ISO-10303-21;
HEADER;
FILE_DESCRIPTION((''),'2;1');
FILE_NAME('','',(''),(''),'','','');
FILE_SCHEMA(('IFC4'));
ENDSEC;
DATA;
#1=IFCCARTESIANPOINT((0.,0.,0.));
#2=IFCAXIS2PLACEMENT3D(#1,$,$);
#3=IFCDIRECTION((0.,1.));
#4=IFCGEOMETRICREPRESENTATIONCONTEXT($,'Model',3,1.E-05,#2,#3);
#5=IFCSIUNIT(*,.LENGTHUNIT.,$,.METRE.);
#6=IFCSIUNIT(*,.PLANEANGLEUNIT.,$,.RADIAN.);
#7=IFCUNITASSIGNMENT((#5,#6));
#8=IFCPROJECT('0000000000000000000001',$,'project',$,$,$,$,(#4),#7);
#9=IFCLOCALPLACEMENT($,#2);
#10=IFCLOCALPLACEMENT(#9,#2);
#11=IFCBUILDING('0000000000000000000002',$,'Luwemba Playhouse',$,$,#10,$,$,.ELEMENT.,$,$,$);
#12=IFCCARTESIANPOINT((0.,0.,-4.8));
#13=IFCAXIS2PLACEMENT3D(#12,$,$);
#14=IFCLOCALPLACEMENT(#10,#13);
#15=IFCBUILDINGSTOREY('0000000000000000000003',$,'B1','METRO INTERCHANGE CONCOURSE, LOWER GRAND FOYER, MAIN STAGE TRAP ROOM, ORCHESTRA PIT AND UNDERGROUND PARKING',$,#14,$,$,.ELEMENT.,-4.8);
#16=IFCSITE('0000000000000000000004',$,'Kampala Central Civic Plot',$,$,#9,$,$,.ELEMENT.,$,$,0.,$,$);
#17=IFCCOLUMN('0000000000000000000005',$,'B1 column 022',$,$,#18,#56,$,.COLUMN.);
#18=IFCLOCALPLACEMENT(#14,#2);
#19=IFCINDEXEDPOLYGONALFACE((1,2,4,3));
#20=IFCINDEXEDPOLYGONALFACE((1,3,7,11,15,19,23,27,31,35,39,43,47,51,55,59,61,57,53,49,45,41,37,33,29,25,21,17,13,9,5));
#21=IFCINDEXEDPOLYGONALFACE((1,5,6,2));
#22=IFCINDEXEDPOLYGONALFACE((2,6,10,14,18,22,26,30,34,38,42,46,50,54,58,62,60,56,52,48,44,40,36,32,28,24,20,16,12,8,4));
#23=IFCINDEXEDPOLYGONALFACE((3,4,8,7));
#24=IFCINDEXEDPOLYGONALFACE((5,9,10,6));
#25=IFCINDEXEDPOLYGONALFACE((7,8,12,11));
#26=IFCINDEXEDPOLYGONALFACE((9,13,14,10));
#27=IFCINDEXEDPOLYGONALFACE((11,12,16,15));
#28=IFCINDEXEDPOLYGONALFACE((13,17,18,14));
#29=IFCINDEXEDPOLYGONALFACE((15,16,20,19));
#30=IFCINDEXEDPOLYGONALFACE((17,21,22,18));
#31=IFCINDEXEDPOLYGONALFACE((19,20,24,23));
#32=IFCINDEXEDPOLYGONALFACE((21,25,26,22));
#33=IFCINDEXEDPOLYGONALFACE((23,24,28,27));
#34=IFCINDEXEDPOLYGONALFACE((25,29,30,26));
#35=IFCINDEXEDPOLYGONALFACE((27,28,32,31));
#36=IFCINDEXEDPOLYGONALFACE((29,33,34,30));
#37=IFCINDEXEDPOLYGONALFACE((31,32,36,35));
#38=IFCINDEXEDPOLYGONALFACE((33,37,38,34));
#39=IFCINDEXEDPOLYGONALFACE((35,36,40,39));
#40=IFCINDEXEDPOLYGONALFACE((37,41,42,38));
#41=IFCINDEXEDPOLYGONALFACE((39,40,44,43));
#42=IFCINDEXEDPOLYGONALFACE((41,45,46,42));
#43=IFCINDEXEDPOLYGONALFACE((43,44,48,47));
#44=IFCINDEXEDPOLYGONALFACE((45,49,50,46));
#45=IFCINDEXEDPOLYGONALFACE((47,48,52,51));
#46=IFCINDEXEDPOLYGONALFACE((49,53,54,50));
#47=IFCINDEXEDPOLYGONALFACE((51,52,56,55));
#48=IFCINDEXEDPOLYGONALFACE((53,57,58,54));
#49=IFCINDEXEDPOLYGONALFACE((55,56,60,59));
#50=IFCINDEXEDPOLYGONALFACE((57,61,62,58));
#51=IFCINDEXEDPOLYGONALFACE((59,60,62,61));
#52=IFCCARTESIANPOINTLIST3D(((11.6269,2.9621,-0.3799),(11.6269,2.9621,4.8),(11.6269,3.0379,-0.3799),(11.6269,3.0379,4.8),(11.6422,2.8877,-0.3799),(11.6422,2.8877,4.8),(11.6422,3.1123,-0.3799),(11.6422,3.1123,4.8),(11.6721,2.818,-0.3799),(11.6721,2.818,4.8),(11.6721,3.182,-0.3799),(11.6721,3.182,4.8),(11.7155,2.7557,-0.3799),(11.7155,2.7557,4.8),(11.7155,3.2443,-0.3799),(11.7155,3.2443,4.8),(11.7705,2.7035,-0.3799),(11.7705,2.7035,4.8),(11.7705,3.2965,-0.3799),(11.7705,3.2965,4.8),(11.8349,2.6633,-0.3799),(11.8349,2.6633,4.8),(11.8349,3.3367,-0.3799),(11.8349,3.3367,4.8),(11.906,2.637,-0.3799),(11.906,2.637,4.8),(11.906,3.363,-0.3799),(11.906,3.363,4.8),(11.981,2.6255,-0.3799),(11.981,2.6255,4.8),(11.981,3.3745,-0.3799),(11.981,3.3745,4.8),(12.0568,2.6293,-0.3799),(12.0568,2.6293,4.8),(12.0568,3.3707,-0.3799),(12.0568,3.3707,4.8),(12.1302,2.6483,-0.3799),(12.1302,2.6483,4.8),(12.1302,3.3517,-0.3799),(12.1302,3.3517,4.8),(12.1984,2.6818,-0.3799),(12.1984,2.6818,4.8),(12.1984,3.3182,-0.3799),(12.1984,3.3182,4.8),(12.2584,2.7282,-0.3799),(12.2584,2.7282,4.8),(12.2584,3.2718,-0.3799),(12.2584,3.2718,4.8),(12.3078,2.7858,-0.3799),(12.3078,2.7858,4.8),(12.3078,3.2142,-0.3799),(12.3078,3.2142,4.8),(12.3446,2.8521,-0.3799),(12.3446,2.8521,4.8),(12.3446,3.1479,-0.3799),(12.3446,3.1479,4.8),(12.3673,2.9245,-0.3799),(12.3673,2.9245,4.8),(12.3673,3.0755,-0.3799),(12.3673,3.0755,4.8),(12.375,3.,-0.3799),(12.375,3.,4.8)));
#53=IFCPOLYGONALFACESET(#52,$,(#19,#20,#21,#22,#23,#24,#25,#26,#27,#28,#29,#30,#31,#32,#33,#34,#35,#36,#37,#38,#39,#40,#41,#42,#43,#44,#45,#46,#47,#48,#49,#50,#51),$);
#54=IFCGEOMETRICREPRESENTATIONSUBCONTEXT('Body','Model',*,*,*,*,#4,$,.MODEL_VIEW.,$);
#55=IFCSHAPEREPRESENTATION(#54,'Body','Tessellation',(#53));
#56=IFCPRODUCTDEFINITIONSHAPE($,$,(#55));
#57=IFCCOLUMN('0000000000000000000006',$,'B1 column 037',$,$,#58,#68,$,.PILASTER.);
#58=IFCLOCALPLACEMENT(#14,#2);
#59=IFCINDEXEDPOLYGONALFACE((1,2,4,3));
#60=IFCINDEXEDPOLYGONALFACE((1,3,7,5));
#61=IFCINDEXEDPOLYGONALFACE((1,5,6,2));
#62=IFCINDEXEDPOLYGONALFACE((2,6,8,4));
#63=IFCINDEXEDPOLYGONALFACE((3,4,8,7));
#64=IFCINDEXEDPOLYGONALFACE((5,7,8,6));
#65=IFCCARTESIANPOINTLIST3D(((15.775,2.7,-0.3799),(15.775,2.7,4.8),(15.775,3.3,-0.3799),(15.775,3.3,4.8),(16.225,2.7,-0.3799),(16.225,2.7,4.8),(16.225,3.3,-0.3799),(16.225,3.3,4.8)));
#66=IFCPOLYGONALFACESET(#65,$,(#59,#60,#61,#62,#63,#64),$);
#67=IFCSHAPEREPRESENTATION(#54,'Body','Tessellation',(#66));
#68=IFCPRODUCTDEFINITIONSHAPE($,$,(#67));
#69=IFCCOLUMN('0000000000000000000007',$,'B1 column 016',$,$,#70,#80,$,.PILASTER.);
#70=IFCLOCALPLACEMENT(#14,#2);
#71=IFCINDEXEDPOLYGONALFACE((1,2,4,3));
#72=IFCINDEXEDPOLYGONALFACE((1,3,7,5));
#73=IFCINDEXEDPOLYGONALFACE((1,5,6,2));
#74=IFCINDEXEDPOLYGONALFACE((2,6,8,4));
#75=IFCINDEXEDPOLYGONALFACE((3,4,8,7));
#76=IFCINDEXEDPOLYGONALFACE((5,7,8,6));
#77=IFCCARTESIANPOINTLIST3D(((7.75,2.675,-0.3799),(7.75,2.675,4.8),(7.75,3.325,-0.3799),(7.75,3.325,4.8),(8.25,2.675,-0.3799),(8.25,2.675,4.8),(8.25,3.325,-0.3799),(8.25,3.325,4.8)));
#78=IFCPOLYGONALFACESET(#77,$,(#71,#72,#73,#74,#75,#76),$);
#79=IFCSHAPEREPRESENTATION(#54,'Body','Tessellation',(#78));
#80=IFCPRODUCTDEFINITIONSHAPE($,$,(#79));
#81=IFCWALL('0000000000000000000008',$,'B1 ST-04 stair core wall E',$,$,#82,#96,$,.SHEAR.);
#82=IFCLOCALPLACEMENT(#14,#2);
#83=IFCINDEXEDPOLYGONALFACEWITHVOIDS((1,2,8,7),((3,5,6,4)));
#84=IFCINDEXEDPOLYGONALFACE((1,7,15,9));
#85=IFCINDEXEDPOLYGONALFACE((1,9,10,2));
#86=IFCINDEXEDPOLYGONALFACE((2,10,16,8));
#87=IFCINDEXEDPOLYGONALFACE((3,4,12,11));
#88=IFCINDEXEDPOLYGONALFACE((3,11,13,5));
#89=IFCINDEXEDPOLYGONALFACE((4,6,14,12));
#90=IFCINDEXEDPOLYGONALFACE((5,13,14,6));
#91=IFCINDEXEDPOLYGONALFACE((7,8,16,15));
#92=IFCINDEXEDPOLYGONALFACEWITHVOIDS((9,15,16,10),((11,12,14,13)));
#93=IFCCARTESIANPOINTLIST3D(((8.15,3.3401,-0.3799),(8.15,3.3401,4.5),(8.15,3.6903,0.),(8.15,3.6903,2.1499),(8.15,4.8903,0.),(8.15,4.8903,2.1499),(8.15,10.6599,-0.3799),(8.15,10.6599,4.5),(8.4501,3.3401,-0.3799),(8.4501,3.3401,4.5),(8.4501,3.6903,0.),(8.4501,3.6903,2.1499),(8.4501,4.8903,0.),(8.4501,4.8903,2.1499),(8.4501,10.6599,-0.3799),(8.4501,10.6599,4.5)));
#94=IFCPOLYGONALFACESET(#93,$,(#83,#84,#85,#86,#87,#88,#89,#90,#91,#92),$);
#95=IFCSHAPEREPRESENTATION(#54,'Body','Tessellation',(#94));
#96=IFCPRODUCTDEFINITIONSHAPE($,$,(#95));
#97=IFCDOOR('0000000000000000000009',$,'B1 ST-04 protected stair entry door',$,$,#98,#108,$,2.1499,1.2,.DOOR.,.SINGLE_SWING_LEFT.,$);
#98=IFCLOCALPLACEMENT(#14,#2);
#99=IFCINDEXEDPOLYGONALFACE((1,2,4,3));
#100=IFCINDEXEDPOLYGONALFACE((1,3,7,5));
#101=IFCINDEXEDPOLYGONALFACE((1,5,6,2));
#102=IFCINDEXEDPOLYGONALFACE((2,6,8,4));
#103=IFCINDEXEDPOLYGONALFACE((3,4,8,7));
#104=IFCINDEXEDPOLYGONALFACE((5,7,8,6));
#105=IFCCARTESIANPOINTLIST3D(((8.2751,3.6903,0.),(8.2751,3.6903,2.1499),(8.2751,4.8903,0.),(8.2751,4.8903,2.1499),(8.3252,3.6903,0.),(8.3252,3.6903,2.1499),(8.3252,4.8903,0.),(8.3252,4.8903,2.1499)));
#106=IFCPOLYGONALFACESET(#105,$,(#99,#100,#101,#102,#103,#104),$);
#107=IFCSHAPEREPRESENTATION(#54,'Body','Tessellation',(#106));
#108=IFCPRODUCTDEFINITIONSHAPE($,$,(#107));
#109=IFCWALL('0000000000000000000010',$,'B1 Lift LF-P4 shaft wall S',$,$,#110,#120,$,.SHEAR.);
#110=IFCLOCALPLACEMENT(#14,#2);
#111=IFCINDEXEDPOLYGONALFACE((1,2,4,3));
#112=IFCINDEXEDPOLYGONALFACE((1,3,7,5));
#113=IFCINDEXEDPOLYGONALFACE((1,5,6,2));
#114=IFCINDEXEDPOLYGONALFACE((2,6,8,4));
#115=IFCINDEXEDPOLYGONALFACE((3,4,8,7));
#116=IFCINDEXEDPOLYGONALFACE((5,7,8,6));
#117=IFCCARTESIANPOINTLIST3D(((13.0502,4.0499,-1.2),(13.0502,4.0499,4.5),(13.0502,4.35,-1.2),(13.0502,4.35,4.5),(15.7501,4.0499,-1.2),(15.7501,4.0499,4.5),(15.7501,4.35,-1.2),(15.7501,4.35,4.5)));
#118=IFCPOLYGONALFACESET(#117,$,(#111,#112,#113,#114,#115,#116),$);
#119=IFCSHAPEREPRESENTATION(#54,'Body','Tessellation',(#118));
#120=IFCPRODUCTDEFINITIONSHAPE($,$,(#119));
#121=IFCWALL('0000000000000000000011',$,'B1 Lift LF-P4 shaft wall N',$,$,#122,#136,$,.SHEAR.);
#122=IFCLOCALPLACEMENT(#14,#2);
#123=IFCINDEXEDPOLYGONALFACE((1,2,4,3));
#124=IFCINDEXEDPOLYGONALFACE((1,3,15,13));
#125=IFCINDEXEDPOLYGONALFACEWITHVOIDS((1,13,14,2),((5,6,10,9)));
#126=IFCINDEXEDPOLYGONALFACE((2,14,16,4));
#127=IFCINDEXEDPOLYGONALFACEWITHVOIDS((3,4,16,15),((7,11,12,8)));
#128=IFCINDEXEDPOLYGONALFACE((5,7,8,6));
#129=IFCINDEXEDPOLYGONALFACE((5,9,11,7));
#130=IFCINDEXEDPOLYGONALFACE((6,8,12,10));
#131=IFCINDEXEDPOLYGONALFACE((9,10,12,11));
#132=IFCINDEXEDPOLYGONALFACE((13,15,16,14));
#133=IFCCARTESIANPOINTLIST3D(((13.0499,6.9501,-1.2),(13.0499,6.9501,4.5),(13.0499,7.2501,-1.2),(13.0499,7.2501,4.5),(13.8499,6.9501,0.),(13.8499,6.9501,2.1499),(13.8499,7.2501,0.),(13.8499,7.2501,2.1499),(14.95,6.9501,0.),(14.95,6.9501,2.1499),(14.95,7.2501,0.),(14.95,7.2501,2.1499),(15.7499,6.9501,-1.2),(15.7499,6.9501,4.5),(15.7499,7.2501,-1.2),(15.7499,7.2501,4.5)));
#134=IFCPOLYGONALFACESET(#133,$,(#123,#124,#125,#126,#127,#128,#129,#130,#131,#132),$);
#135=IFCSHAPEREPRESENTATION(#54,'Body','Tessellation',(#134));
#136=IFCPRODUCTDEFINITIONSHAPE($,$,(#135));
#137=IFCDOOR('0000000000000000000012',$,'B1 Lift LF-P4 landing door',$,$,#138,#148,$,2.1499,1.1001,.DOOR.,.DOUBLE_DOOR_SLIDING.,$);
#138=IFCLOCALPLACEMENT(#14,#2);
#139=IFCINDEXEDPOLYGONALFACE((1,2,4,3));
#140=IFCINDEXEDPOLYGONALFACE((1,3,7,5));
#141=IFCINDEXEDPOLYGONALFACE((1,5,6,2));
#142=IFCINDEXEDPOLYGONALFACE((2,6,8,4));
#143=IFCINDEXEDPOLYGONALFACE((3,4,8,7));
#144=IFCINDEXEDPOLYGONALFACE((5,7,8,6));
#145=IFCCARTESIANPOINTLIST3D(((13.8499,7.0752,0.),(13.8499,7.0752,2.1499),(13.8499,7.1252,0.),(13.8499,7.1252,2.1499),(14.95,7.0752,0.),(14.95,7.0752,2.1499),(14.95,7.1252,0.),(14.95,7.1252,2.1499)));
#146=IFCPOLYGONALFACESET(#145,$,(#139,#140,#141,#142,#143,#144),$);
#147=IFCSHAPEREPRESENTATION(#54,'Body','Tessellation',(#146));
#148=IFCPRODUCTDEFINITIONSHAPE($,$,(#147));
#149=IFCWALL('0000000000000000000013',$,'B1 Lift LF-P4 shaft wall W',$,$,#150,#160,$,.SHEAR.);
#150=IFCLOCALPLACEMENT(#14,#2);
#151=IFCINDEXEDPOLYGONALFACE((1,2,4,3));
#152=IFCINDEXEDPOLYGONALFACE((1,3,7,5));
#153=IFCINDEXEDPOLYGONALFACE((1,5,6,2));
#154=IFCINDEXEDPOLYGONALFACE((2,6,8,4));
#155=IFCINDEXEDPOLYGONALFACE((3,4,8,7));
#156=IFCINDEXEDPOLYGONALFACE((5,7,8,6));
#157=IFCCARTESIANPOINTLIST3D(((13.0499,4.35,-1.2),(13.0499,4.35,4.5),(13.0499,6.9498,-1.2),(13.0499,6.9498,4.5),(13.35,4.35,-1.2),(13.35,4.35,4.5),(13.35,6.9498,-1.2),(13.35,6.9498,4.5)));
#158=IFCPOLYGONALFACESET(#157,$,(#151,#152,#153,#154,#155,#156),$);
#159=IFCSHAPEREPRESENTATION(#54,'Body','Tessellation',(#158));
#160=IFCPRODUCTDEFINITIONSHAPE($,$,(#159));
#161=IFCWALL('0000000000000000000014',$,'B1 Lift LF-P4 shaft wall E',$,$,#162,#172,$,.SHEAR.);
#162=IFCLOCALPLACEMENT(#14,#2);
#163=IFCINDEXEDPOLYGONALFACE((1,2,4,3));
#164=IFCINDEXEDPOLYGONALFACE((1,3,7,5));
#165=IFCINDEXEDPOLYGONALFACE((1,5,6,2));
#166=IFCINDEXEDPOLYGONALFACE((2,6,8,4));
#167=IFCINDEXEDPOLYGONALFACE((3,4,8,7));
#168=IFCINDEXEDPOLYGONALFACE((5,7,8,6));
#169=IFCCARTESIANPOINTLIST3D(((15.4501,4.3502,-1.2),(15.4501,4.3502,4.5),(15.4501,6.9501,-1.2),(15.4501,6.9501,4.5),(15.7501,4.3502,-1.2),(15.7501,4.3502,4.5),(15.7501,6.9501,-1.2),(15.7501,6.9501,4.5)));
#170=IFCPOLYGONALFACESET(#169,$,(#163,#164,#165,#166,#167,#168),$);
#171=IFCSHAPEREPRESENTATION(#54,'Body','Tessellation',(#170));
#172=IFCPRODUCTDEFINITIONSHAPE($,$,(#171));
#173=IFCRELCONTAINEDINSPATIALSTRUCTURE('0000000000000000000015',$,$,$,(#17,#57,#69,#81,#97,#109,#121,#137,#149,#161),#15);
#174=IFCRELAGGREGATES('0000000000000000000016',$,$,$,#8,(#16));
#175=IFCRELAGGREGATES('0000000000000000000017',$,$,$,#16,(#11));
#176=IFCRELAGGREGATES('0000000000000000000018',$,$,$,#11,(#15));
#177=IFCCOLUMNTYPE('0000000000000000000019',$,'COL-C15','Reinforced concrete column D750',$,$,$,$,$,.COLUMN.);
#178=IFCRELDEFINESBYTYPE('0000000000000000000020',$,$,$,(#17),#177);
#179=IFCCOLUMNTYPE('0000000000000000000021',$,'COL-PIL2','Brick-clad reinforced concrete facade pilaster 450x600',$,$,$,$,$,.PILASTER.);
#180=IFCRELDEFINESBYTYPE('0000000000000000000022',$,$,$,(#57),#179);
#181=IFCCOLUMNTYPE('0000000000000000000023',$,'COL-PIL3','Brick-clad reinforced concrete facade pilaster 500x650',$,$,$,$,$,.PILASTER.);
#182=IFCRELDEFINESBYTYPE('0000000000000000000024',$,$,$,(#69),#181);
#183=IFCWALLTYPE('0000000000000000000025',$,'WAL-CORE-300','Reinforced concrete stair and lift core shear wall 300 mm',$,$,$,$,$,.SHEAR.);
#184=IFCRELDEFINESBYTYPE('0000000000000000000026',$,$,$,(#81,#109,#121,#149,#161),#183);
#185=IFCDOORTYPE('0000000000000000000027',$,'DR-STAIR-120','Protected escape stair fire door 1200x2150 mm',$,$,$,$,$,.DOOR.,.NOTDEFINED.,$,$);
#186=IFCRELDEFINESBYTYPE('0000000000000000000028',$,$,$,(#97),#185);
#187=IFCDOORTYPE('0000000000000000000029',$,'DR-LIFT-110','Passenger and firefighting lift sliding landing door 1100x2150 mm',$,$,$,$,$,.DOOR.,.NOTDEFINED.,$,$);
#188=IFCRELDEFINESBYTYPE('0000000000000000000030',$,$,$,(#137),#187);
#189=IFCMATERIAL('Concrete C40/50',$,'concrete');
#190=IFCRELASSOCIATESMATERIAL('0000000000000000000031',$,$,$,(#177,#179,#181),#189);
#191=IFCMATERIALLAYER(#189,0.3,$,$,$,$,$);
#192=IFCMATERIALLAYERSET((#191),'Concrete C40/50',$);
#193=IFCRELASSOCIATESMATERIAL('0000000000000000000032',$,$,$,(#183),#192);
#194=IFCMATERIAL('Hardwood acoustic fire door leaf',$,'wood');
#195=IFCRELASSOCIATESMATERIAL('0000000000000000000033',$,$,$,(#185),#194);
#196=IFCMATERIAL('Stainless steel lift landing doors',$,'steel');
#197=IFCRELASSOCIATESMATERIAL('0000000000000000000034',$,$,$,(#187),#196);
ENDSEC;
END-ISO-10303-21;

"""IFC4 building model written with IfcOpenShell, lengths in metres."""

from ifc_helpers import new_model, si_unit, direction, frame, frame_2d, origin, origin_2d, place, context, subcontext, project, spatial, rectangle, circle, extrude, material, layer, layer_set, material_profile, profile_set, type_object, element, fill, save


model = new_model("IFC4")

# Units and contexts
model_context = context("Model", 3, precision=1e-05, world=origin(), true_north=direction((0.0, 1.0)))
body_context = subcontext(model_context, "Body", "Model", "MODEL_VIEW")
ifc_project = project(units=[si_unit("LENGTHUNIT", "METRE"), si_unit("PLANEANGLEUNIT", "RADIAN")], contexts=[model_context])

# Site, building, storey
site_placement = place(None, origin())
site = spatial("IfcSite", under=ifc_project, at=site_placement, Name="Kampala Central Civic Plot", CompositionType="ELEMENT", RefElevation=0.0)
building_placement = place(site_placement, origin())
building = spatial("IfcBuilding", under=site, at=building_placement, Name="Luwemba Playhouse", CompositionType="ELEMENT")
storey_placement = place(building_placement, frame((0.0, 0.0, -4.8)))
storey = spatial("IfcBuildingStorey", under=building, at=storey_placement, Name="B1", Description="METRO INTERCHANGE CONCOURSE, LOWER GRAND FOYER, MAIN STAGE TRAP ROOM, ORCHESTRA PIT AND UNDERGROUND PARKING", CompositionType="ELEMENT", Elevation=-4.8)

# Columns
ifc_material_1 = material(Name="Concrete C40/50", Category="concrete")
ifc_material_profile_1 = material_profile(ifc_material_1, circle(Radius=0.375, at=origin_2d()))
ifc_profile_set_1 = profile_set([ifc_material_profile_1], Name="Concrete C40/50")
column_type_1 = type_object("IfcColumnType", Name="COL-C15", Description="Reinforced concrete column D750", PredefinedType="COLUMN", material=ifc_profile_set_1)
column_1_placement = place(storey_placement, frame((12.0, 3.0, -0.3799), z_axis=(0.0, 0.0, 1.0), x_axis=(1.0, 0.0, 0.0)))
element("IfcColumn", 1, at=column_1_placement, inside=storey, type_object=column_type_1, Name="B1 column 022", PredefinedType="COLUMN", context=body_context, shape_type="SweptSolid", body=[
    extrude(circle(Radius=0.375, at=origin_2d()), origin(), (0.0, 0.0, 1.0), 5.1799),
])
ifc_material_profile_2 = material_profile(ifc_material_1, rectangle(XDim=0.45, YDim=0.6001, at=origin_2d()))
ifc_profile_set_2 = profile_set([ifc_material_profile_2], Name="Concrete C40/50")
column_type_2 = type_object("IfcColumnType", Name="COL-PIL2", Description="Brick-clad reinforced concrete facade pilaster 450x600", PredefinedType="PILASTER", material=ifc_profile_set_2)
column_2_placement = place(storey_placement, frame((16.0, 3.0, -0.3799), z_axis=(0.0, 0.0, 1.0), x_axis=(1.0, 0.0, 0.0)))
element("IfcColumn", 2, at=column_2_placement, inside=storey, type_object=column_type_2, Name="B1 column 037", PredefinedType="PILASTER", context=body_context, shape_type="SweptSolid", body=[
    extrude(rectangle(XDim=0.45, YDim=0.6001, at=origin_2d()), origin(), (0.0, 0.0, 1.0), 5.1799),
])
ifc_material_profile_3 = material_profile(ifc_material_1, rectangle(XDim=0.5, YDim=0.6499, at=origin_2d()))
ifc_profile_set_3 = profile_set([ifc_material_profile_3], Name="Concrete C40/50")
column_type_3 = type_object("IfcColumnType", Name="COL-PIL3", Description="Brick-clad reinforced concrete facade pilaster 500x650", PredefinedType="PILASTER", material=ifc_profile_set_3)
column_3_placement = place(storey_placement, frame((8.0, 3.0, -0.3799), z_axis=(0.0, 0.0, 1.0), x_axis=(1.0, 0.0, 0.0)))
element("IfcColumn", 3, at=column_3_placement, inside=storey, type_object=column_type_3, Name="B1 column 016", PredefinedType="PILASTER", context=body_context, shape_type="SweptSolid", body=[
    extrude(rectangle(XDim=0.5, YDim=0.6499, at=origin_2d()), origin(), (0.0, 0.0, 1.0), 5.1799),
])

# Wall, opening, door
ifc_layer_1 = layer(ifc_material_1, 0.3)
ifc_layer_set_1 = layer_set([ifc_layer_1], Name="Concrete C40/50")
wall_type_1 = type_object("IfcWallType", Name="WAL-CORE-300", Description="Reinforced concrete stair and lift core shear wall 300 mm", PredefinedType="SHEAR", material=ifc_layer_set_1)
wall_1_placement = place(storey_placement, frame((8.3, 3.3401, -0.3799), z_axis=(0.0, 0.0, 1.0), x_axis=(0.0, 1.0, 0.0)))
wall_1 = element("IfcWall", 4, at=wall_1_placement, inside=storey, type_object=wall_type_1, Name="B1 ST-04 stair core wall E", PredefinedType="SHEAR", context=body_context, shape_type="SweptSolid", body=[
    extrude(rectangle(XDim=7.3198, YDim=0.3, at=frame_2d((3.6599, 0.0))), origin(), (0.0, 0.0, 1.0), 4.8799),
])
opening_1_placement = place(wall_1_placement, frame((0.3501, 0.0, 0.3799)))
opening_1 = element("IfcOpeningElement", 5, at=opening_1_placement, cuts=wall_1, PredefinedType="OPENING", context=body_context, shape_type="SweptSolid", body=[
    extrude(rectangle(XDim=1.2, YDim=2.1499, at=frame_2d((0.6001, 1.075))), frame((0.0, 0.1599, 0.0), z_axis=(0.0, -1.0, 0.0), x_axis=(1.0, 0.0, 0.0)), (0.0, 0.0, 1.0), 0.3201),
])
ifc_material_2 = material(Name="Hardwood acoustic fire door leaf", Category="wood")
door_type_1 = type_object("IfcDoorType", Name="DR-STAIR-120", Description="Protected escape stair fire door 1200x2150 mm", OperationType="NOTDEFINED", PredefinedType="DOOR", material=ifc_material_2)
door_1_placement = place(opening_1_placement, origin())
door_1 = element("IfcDoor", 6, at=door_1_placement, inside=storey, type_object=door_type_1, Name="B1 ST-04 protected stair entry door", OperationType="SINGLE_SWING_LEFT", OverallHeight=2.1499, OverallWidth=1.2, PredefinedType="DOOR", context=body_context, shape_type="SweptSolid", body=[
    extrude(rectangle(XDim=1.2, YDim=2.1499, at=frame_2d((0.6001, 1.075))), frame((0.0, 0.0249, 0.0), z_axis=(0.0, -1.0, 0.0), x_axis=(1.0, 0.0, 0.0)), (0.0, 0.0, 1.0), 0.05),
])
fill(opening_1, door_1)

# Wall
wall_2_placement = place(storey_placement, frame((13.05, 4.2, -1.2), z_axis=(0.0, 0.0, 1.0), x_axis=(1.0, 0.0, 0.0)))
element("IfcWall", 7, at=wall_2_placement, inside=storey, type_object=wall_type_1, Name="B1 Lift LF-P4 shaft wall S", PredefinedType="SHEAR", context=body_context, shape_type="SweptSolid", body=[
    extrude(rectangle(XDim=2.7, YDim=0.3, at=frame_2d((1.3501, 0.0))), origin(), (0.0, 0.0, 1.0), 5.7),
])

# Wall, opening, door
wall_3_placement = place(storey_placement, frame((15.75, 7.1001, -1.2), z_axis=(0.0, 0.0, 1.0), x_axis=(-1.0, 0.0, 0.0)))
wall_3 = element("IfcWall", 8, at=wall_3_placement, inside=storey, type_object=wall_type_1, Name="B1 Lift LF-P4 shaft wall N", PredefinedType="SHEAR", context=body_context, shape_type="SweptSolid", body=[
    extrude(rectangle(XDim=2.7, YDim=0.3, at=frame_2d((1.3501, 0.0))), origin(), (0.0, 0.0, 1.0), 5.7),
])
opening_2_placement = place(wall_3_placement, frame((0.8, 0.0, 1.2)))
opening_2 = element("IfcOpeningElement", 9, at=opening_2_placement, cuts=wall_3, PredefinedType="OPENING", context=body_context, shape_type="SweptSolid", body=[
    extrude(rectangle(XDim=1.1001, YDim=2.1499, at=frame_2d((0.55, 1.075))), frame((0.0, 0.1599, 0.0), z_axis=(0.0, -1.0, 0.0), x_axis=(1.0, 0.0, 0.0)), (0.0, 0.0, 1.0), 0.3201),
])
ifc_material_3 = material(Name="Stainless steel lift landing doors", Category="steel")
door_type_2 = type_object("IfcDoorType", Name="DR-LIFT-110", Description="Passenger and firefighting lift sliding landing door 1100x2150 mm", OperationType="NOTDEFINED", PredefinedType="DOOR", material=ifc_material_3)
door_2_placement = place(opening_2_placement, origin())
door_2 = element("IfcDoor", 10, at=door_2_placement, inside=storey, type_object=door_type_2, Name="B1 Lift LF-P4 landing door", OperationType="DOUBLE_DOOR_SLIDING", OverallHeight=2.1499, OverallWidth=1.1001, PredefinedType="DOOR", context=body_context, shape_type="SweptSolid", body=[
    extrude(rectangle(XDim=1.1001, YDim=2.1499, at=frame_2d((0.55, 1.075))), frame((0.0, 0.0249, 0.0), z_axis=(0.0, -1.0, 0.0), x_axis=(1.0, 0.0, 0.0)), (0.0, 0.0, 1.0), 0.05),
])
fill(opening_2, door_2)

# Walls
for number, where, z_axis, x_axis, name in (
    (11, (13.2, 4.3501, -1.2), (0.0, 0.0, 1.0), (0.0, 1.0, 0.0), "B1 Lift LF-P4 shaft wall W"),
    (12, (15.6001, 6.95, -1.2), (0.0, 0.0, 1.0), (0.0, -1.0, 0.0), "B1 Lift LF-P4 shaft wall E"),
):
    element("IfcWall", number, at=place(storey_placement, frame(where, z_axis=z_axis, x_axis=x_axis)), inside=storey, type_object=wall_type_1, Name=name, PredefinedType="SHEAR", context=body_context, shape_type="SweptSolid", body=[
        extrude(rectangle(XDim=2.5999, YDim=0.3, at=frame_2d((1.2998, 0.0))), origin(), (0.0, 0.0, 1.0), 5.7),
    ])

save(model, "model.ifc")
